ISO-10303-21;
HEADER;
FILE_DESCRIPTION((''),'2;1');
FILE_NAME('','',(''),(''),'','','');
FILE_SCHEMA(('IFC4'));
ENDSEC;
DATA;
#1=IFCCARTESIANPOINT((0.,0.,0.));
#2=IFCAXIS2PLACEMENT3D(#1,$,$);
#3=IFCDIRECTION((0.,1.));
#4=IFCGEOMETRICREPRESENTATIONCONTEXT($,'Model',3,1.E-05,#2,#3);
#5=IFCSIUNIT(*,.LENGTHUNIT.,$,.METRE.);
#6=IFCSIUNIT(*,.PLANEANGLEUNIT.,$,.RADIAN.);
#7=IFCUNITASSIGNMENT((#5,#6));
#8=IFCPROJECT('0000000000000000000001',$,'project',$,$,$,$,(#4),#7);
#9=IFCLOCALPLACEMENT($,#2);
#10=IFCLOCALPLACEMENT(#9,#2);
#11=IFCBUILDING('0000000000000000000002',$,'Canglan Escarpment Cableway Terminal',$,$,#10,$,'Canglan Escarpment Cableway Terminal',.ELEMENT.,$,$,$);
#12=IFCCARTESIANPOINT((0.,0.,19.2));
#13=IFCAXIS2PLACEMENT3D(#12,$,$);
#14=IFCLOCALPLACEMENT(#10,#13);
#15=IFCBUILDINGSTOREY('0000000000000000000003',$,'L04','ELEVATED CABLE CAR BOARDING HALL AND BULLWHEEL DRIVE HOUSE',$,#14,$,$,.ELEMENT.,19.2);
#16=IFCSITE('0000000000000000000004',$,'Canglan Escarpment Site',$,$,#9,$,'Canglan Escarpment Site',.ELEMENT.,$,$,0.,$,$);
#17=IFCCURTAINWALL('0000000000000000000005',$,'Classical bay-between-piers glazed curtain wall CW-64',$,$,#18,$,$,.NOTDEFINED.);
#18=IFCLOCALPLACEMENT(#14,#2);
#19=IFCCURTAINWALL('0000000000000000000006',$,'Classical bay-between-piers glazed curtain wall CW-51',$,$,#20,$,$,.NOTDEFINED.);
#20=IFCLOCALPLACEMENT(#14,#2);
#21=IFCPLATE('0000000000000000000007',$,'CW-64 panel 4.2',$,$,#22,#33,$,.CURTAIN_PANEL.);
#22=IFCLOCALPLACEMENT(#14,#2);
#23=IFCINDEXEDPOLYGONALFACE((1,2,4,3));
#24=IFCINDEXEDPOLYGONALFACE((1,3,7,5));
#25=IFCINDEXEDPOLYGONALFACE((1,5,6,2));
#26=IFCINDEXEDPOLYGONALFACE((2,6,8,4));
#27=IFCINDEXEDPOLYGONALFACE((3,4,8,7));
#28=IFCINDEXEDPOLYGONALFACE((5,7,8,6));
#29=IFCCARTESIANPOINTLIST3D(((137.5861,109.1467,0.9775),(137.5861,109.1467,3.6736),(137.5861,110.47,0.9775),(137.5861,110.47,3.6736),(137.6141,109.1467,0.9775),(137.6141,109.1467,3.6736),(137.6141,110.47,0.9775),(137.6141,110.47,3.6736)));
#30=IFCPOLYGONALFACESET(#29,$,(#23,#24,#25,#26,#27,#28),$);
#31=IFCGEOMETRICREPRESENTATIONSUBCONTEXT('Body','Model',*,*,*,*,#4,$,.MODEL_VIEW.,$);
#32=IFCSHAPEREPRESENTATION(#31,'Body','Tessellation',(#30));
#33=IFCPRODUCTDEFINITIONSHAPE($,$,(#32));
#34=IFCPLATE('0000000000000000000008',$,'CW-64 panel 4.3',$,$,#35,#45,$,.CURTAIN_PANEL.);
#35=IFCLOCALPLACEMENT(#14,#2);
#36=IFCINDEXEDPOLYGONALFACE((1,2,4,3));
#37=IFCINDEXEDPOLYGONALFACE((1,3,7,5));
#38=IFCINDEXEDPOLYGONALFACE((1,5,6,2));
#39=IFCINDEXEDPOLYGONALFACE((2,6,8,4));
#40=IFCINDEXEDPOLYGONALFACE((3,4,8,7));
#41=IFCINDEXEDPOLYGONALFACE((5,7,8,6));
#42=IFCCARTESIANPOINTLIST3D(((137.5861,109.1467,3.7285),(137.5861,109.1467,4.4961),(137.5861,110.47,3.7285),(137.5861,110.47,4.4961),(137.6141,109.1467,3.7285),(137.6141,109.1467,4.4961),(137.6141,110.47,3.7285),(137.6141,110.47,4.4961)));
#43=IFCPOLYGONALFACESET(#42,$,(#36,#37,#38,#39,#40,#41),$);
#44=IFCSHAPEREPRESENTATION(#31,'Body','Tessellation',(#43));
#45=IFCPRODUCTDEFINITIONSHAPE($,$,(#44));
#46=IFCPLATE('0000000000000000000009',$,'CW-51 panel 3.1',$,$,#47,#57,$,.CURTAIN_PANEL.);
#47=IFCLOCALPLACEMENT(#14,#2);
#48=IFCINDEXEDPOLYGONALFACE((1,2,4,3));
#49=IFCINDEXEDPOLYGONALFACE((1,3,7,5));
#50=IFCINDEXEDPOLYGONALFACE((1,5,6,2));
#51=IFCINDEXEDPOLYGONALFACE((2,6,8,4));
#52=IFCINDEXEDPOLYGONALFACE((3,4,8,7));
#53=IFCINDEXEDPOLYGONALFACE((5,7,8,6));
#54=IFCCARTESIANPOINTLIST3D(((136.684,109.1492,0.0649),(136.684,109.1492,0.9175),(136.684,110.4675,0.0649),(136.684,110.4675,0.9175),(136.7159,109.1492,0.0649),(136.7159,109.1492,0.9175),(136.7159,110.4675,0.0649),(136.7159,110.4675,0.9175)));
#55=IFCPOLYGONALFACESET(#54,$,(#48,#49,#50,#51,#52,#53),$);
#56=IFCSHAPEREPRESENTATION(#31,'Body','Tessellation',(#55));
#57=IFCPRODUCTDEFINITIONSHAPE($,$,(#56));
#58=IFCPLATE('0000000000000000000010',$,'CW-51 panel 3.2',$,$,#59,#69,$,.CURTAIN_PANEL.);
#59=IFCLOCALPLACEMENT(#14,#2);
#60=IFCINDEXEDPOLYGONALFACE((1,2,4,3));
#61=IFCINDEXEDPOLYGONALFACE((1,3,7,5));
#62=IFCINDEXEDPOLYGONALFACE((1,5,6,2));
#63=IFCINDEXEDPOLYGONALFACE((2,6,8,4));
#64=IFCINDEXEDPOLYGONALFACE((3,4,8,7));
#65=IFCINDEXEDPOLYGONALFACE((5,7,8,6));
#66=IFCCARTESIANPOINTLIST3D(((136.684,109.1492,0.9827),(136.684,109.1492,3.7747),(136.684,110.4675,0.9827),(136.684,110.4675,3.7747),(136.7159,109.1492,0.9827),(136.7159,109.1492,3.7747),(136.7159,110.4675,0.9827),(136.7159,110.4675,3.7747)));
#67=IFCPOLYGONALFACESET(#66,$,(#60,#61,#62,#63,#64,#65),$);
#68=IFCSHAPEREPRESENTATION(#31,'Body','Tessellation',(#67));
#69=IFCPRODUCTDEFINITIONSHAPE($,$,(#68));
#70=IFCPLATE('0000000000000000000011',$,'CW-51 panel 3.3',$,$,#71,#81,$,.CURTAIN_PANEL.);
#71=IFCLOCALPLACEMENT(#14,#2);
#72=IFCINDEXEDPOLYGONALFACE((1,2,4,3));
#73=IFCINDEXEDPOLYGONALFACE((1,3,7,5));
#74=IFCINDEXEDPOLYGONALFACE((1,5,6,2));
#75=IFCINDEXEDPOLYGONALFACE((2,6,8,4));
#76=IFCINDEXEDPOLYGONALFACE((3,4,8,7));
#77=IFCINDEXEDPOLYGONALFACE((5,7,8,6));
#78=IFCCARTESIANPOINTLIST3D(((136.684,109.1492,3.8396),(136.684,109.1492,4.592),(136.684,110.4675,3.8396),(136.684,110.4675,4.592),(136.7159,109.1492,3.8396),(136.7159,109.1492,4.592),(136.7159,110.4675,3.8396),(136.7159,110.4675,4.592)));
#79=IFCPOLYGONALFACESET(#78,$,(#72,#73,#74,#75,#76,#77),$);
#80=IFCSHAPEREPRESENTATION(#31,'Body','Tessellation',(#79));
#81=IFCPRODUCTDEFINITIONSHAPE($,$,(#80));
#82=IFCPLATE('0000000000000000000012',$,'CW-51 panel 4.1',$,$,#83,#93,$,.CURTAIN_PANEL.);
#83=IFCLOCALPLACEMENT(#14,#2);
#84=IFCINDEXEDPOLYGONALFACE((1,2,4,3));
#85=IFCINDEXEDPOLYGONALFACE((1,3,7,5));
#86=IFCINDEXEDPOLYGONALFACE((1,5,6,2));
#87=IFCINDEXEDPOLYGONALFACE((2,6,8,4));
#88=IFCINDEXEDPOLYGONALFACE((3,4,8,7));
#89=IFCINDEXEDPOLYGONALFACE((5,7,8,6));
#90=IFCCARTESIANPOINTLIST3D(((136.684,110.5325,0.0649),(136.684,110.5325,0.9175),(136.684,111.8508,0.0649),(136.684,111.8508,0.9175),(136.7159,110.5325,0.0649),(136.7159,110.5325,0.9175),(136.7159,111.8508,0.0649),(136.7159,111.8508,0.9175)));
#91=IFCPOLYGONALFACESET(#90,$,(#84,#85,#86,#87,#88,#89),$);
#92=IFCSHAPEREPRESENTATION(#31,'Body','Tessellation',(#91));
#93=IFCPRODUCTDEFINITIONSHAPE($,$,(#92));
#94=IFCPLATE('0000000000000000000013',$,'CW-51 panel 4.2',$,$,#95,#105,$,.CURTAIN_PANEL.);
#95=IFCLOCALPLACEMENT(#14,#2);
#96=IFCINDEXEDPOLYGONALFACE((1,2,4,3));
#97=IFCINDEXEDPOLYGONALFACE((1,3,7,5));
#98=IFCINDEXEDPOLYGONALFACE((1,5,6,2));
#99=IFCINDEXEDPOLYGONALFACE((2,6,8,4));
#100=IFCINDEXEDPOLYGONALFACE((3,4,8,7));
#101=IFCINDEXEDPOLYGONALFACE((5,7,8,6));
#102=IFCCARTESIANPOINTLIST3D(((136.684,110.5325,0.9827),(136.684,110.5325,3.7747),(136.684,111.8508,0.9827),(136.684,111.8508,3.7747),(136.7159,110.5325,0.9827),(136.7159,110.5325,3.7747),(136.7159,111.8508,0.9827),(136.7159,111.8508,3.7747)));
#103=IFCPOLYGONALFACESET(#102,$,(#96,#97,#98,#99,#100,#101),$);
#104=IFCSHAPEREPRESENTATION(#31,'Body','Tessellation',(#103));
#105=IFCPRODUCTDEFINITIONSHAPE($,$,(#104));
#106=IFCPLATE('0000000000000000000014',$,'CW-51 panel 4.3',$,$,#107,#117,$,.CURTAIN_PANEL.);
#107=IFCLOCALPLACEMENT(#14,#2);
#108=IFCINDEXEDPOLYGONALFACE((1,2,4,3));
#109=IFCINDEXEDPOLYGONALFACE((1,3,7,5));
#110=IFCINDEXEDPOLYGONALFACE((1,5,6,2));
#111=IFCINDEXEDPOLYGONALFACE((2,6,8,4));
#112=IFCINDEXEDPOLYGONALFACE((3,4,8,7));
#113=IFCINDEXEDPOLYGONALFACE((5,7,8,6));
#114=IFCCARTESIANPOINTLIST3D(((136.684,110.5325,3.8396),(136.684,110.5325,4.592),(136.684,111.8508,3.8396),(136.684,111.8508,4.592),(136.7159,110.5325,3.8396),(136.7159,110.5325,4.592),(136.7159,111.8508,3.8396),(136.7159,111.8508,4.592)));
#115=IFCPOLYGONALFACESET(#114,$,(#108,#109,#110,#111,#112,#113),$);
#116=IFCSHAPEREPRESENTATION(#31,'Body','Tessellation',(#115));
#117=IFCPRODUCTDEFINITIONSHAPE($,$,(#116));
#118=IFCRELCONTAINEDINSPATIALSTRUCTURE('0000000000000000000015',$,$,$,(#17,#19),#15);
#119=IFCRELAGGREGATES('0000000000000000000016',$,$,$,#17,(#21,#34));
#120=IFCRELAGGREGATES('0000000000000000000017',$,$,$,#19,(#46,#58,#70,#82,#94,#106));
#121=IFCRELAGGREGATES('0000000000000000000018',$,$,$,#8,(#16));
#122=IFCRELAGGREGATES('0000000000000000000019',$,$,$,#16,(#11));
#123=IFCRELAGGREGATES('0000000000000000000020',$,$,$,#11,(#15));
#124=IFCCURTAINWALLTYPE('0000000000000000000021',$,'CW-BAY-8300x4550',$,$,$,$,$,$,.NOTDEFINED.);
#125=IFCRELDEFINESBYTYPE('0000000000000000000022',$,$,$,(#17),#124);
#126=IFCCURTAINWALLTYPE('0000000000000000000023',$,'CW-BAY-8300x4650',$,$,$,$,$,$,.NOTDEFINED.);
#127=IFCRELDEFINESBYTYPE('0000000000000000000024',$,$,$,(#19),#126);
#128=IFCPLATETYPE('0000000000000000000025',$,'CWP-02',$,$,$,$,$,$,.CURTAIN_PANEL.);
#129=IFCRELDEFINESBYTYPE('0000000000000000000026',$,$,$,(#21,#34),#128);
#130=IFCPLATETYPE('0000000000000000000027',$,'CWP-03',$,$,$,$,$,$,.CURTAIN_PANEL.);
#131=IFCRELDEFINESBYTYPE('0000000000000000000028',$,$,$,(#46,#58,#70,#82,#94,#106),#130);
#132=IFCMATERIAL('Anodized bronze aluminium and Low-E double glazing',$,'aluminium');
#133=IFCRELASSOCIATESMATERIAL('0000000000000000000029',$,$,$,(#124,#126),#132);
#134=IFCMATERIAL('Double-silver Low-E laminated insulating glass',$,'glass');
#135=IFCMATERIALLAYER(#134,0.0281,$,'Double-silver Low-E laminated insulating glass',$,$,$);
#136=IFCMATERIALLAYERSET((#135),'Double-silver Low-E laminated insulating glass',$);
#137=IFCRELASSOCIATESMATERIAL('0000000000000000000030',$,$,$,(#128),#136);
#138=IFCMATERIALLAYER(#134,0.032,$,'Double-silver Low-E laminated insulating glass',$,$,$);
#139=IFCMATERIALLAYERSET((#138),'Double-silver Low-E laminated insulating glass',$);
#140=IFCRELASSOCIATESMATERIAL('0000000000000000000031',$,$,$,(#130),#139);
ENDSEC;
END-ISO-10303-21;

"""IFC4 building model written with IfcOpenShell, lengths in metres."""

from ifc_helpers import new_model, si_unit, direction, frame, origin, origin_2d, place, context, subcontext, project, spatial, rectangle, extrude, material, layer, layer_set, type_object, element, aggregate, save


model = new_model("IFC4")

# Units and contexts
model_context = context("Model", 3, precision=1e-05, world=origin(), true_north=direction((0.0, 1.0)))
body_context = subcontext(model_context, "Body", "Model", "MODEL_VIEW")
ifc_project = project(units=[si_unit("LENGTHUNIT", "METRE"), si_unit("PLANEANGLEUNIT", "RADIAN")], contexts=[model_context])

# Site, building, storey
site_placement = place(None, origin())
site = spatial("IfcSite", under=ifc_project, at=site_placement, Name="Canglan Escarpment Site", LongName="Canglan Escarpment Site", CompositionType="ELEMENT", RefElevation=0.0)
building_placement = place(site_placement, origin())
building = spatial("IfcBuilding", under=site, at=building_placement, Name="Canglan Escarpment Cableway Terminal", LongName="Canglan Escarpment Cableway Terminal", CompositionType="ELEMENT")
storey_placement = place(building_placement, frame((0.0, 0.0, 19.2)))
storey = spatial("IfcBuildingStorey", under=building, at=storey_placement, Name="L04", Description="ELEVATED CABLE CAR BOARDING HALL AND BULLWHEEL DRIVE HOUSE", CompositionType="ELEMENT", Elevation=19.2)

# Curtain walls
ifc_material_1 = material(Name="Anodized bronze aluminium and Low-E double glazing", Category="aluminium")
curtain_wall_type_1 = type_object("IfcCurtainWallType", Name="CW-BAY-8300x4550", PredefinedType="NOTDEFINED", material=ifc_material_1)
curtain_wall_1_placement = place(storey_placement, origin())
curtain_wall_1 = element("IfcCurtainWall", 1, at=curtain_wall_1_placement, inside=storey, type_object=curtain_wall_type_1, Name="Classical bay-between-piers glazed curtain wall CW-64", PredefinedType="NOTDEFINED")
curtain_wall_type_2 = type_object("IfcCurtainWallType", Name="CW-BAY-8300x4650", PredefinedType="NOTDEFINED", material=ifc_material_1)
curtain_wall_2_placement = place(storey_placement, origin())
curtain_wall_2 = element("IfcCurtainWall", 2, at=curtain_wall_2_placement, inside=storey, type_object=curtain_wall_type_2, Name="Classical bay-between-piers glazed curtain wall CW-51", PredefinedType="NOTDEFINED")

# Plates
ifc_material_2 = material(Name="Double-silver Low-E laminated insulating glass", Category="glass")
ifc_layer_1 = layer(ifc_material_2, 0.0281, Name="Double-silver Low-E laminated insulating glass")
ifc_layer_set_1 = layer_set([ifc_layer_1], Name="Double-silver Low-E laminated insulating glass")
plate_type_1 = type_object("IfcPlateType", Name="CWP-02", PredefinedType="CURTAIN_PANEL", material=ifc_layer_set_1)
plate_1_placement = place(storey_placement, frame((137.6001, 109.8083, 0.9775), z_axis=(0.0, 0.0, 1.0), x_axis=(0.0, -1.0, 0.0)))
plate_1 = element("IfcPlate", 3, at=plate_1_placement, type_object=plate_type_1, Name="CW-64 panel 4.2", PredefinedType="CURTAIN_PANEL", context=body_context, shape_type="SweptSolid", body=[
    extrude(rectangle(XDim=1.3232, YDim=0.0281, at=origin_2d()), origin(), (0.0, 0.0, 1.0), 2.696),
])
plate_2_placement = place(storey_placement, frame((137.6001, 109.8083, 3.7285), z_axis=(0.0, 0.0, 1.0), x_axis=(0.0, -1.0, 0.0)))
plate_2 = element("IfcPlate", 4, at=plate_2_placement, type_object=plate_type_1, Name="CW-64 panel 4.3", PredefinedType="CURTAIN_PANEL", context=body_context, shape_type="SweptSolid", body=[
    extrude(rectangle(XDim=1.3232, YDim=0.0281, at=origin_2d()), origin(), (0.0, 0.0, 1.0), 0.7676),
])
aggregate(curtain_wall_1, [plate_1, plate_2])
ifc_layer_2 = layer(ifc_material_2, 0.032, Name="Double-silver Low-E laminated insulating glass")
ifc_layer_set_2 = layer_set([ifc_layer_2], Name="Double-silver Low-E laminated insulating glass")
plate_type_2 = type_object("IfcPlateType", Name="CWP-03", PredefinedType="CURTAIN_PANEL", material=ifc_layer_set_2)
plate_3_placement = place(storey_placement, frame((136.7, 109.8083, 0.0649), z_axis=(0.0, 0.0, 1.0), x_axis=(0.0, 1.0, 0.0)))
plate_3 = element("IfcPlate", 5, at=plate_3_placement, type_object=plate_type_2, Name="CW-51 panel 3.1", PredefinedType="CURTAIN_PANEL", context=body_context, shape_type="SweptSolid", body=[
    extrude(rectangle(XDim=1.3184, YDim=0.032, at=origin_2d()), origin(), (0.0, 0.0, 1.0), 0.8525),
])
plate_4_placement = place(storey_placement, frame((136.7, 109.8083, 0.9827), z_axis=(0.0, 0.0, 1.0), x_axis=(0.0, 1.0, 0.0)))
plate_4 = element("IfcPlate", 6, at=plate_4_placement, type_object=plate_type_2, Name="CW-51 panel 3.2", PredefinedType="CURTAIN_PANEL", context=body_context, shape_type="SweptSolid", body=[
    extrude(rectangle(XDim=1.3184, YDim=0.032, at=origin_2d()), origin(), (0.0, 0.0, 1.0), 2.792),
])
plate_5_placement = place(storey_placement, frame((136.7, 109.8083, 3.8396), z_axis=(0.0, 0.0, 1.0), x_axis=(0.0, 1.0, 0.0)))
plate_5 = element("IfcPlate", 7, at=plate_5_placement, type_object=plate_type_2, Name="CW-51 panel 3.3", PredefinedType="CURTAIN_PANEL", context=body_context, shape_type="SweptSolid", body=[
    extrude(rectangle(XDim=1.3184, YDim=0.032, at=origin_2d()), origin(), (0.0, 0.0, 1.0), 0.7524),
])
plate_6_placement = place(storey_placement, frame((136.7, 111.1917, 0.0649), z_axis=(0.0, 0.0, 1.0), x_axis=(0.0, 1.0, 0.0)))
plate_6 = element("IfcPlate", 8, at=plate_6_placement, type_object=plate_type_2, Name="CW-51 panel 4.1", PredefinedType="CURTAIN_PANEL", context=body_context, shape_type="SweptSolid", body=[
    extrude(rectangle(XDim=1.3184, YDim=0.032, at=origin_2d()), origin(), (0.0, 0.0, 1.0), 0.8525),
])
plate_7_placement = place(storey_placement, frame((136.7, 111.1917, 0.9827), z_axis=(0.0, 0.0, 1.0), x_axis=(0.0, 1.0, 0.0)))
plate_7 = element("IfcPlate", 9, at=plate_7_placement, type_object=plate_type_2, Name="CW-51 panel 4.2", PredefinedType="CURTAIN_PANEL", context=body_context, shape_type="SweptSolid", body=[
    extrude(rectangle(XDim=1.3184, YDim=0.032, at=origin_2d()), origin(), (0.0, 0.0, 1.0), 2.792),
])
plate_8_placement = place(storey_placement, frame((136.7, 111.1917, 3.8396), z_axis=(0.0, 0.0, 1.0), x_axis=(0.0, 1.0, 0.0)))
plate_8 = element("IfcPlate", 10, at=plate_8_placement, type_object=plate_type_2, Name="CW-51 panel 4.3", PredefinedType="CURTAIN_PANEL", context=body_context, shape_type="SweptSolid", body=[
    extrude(rectangle(XDim=1.3184, YDim=0.032, at=origin_2d()), origin(), (0.0, 0.0, 1.0), 0.7524),
])
aggregate(curtain_wall_2, [plate_3, plate_4, plate_5, plate_6, plate_7, plate_8])

save(model, "model.ifc")
